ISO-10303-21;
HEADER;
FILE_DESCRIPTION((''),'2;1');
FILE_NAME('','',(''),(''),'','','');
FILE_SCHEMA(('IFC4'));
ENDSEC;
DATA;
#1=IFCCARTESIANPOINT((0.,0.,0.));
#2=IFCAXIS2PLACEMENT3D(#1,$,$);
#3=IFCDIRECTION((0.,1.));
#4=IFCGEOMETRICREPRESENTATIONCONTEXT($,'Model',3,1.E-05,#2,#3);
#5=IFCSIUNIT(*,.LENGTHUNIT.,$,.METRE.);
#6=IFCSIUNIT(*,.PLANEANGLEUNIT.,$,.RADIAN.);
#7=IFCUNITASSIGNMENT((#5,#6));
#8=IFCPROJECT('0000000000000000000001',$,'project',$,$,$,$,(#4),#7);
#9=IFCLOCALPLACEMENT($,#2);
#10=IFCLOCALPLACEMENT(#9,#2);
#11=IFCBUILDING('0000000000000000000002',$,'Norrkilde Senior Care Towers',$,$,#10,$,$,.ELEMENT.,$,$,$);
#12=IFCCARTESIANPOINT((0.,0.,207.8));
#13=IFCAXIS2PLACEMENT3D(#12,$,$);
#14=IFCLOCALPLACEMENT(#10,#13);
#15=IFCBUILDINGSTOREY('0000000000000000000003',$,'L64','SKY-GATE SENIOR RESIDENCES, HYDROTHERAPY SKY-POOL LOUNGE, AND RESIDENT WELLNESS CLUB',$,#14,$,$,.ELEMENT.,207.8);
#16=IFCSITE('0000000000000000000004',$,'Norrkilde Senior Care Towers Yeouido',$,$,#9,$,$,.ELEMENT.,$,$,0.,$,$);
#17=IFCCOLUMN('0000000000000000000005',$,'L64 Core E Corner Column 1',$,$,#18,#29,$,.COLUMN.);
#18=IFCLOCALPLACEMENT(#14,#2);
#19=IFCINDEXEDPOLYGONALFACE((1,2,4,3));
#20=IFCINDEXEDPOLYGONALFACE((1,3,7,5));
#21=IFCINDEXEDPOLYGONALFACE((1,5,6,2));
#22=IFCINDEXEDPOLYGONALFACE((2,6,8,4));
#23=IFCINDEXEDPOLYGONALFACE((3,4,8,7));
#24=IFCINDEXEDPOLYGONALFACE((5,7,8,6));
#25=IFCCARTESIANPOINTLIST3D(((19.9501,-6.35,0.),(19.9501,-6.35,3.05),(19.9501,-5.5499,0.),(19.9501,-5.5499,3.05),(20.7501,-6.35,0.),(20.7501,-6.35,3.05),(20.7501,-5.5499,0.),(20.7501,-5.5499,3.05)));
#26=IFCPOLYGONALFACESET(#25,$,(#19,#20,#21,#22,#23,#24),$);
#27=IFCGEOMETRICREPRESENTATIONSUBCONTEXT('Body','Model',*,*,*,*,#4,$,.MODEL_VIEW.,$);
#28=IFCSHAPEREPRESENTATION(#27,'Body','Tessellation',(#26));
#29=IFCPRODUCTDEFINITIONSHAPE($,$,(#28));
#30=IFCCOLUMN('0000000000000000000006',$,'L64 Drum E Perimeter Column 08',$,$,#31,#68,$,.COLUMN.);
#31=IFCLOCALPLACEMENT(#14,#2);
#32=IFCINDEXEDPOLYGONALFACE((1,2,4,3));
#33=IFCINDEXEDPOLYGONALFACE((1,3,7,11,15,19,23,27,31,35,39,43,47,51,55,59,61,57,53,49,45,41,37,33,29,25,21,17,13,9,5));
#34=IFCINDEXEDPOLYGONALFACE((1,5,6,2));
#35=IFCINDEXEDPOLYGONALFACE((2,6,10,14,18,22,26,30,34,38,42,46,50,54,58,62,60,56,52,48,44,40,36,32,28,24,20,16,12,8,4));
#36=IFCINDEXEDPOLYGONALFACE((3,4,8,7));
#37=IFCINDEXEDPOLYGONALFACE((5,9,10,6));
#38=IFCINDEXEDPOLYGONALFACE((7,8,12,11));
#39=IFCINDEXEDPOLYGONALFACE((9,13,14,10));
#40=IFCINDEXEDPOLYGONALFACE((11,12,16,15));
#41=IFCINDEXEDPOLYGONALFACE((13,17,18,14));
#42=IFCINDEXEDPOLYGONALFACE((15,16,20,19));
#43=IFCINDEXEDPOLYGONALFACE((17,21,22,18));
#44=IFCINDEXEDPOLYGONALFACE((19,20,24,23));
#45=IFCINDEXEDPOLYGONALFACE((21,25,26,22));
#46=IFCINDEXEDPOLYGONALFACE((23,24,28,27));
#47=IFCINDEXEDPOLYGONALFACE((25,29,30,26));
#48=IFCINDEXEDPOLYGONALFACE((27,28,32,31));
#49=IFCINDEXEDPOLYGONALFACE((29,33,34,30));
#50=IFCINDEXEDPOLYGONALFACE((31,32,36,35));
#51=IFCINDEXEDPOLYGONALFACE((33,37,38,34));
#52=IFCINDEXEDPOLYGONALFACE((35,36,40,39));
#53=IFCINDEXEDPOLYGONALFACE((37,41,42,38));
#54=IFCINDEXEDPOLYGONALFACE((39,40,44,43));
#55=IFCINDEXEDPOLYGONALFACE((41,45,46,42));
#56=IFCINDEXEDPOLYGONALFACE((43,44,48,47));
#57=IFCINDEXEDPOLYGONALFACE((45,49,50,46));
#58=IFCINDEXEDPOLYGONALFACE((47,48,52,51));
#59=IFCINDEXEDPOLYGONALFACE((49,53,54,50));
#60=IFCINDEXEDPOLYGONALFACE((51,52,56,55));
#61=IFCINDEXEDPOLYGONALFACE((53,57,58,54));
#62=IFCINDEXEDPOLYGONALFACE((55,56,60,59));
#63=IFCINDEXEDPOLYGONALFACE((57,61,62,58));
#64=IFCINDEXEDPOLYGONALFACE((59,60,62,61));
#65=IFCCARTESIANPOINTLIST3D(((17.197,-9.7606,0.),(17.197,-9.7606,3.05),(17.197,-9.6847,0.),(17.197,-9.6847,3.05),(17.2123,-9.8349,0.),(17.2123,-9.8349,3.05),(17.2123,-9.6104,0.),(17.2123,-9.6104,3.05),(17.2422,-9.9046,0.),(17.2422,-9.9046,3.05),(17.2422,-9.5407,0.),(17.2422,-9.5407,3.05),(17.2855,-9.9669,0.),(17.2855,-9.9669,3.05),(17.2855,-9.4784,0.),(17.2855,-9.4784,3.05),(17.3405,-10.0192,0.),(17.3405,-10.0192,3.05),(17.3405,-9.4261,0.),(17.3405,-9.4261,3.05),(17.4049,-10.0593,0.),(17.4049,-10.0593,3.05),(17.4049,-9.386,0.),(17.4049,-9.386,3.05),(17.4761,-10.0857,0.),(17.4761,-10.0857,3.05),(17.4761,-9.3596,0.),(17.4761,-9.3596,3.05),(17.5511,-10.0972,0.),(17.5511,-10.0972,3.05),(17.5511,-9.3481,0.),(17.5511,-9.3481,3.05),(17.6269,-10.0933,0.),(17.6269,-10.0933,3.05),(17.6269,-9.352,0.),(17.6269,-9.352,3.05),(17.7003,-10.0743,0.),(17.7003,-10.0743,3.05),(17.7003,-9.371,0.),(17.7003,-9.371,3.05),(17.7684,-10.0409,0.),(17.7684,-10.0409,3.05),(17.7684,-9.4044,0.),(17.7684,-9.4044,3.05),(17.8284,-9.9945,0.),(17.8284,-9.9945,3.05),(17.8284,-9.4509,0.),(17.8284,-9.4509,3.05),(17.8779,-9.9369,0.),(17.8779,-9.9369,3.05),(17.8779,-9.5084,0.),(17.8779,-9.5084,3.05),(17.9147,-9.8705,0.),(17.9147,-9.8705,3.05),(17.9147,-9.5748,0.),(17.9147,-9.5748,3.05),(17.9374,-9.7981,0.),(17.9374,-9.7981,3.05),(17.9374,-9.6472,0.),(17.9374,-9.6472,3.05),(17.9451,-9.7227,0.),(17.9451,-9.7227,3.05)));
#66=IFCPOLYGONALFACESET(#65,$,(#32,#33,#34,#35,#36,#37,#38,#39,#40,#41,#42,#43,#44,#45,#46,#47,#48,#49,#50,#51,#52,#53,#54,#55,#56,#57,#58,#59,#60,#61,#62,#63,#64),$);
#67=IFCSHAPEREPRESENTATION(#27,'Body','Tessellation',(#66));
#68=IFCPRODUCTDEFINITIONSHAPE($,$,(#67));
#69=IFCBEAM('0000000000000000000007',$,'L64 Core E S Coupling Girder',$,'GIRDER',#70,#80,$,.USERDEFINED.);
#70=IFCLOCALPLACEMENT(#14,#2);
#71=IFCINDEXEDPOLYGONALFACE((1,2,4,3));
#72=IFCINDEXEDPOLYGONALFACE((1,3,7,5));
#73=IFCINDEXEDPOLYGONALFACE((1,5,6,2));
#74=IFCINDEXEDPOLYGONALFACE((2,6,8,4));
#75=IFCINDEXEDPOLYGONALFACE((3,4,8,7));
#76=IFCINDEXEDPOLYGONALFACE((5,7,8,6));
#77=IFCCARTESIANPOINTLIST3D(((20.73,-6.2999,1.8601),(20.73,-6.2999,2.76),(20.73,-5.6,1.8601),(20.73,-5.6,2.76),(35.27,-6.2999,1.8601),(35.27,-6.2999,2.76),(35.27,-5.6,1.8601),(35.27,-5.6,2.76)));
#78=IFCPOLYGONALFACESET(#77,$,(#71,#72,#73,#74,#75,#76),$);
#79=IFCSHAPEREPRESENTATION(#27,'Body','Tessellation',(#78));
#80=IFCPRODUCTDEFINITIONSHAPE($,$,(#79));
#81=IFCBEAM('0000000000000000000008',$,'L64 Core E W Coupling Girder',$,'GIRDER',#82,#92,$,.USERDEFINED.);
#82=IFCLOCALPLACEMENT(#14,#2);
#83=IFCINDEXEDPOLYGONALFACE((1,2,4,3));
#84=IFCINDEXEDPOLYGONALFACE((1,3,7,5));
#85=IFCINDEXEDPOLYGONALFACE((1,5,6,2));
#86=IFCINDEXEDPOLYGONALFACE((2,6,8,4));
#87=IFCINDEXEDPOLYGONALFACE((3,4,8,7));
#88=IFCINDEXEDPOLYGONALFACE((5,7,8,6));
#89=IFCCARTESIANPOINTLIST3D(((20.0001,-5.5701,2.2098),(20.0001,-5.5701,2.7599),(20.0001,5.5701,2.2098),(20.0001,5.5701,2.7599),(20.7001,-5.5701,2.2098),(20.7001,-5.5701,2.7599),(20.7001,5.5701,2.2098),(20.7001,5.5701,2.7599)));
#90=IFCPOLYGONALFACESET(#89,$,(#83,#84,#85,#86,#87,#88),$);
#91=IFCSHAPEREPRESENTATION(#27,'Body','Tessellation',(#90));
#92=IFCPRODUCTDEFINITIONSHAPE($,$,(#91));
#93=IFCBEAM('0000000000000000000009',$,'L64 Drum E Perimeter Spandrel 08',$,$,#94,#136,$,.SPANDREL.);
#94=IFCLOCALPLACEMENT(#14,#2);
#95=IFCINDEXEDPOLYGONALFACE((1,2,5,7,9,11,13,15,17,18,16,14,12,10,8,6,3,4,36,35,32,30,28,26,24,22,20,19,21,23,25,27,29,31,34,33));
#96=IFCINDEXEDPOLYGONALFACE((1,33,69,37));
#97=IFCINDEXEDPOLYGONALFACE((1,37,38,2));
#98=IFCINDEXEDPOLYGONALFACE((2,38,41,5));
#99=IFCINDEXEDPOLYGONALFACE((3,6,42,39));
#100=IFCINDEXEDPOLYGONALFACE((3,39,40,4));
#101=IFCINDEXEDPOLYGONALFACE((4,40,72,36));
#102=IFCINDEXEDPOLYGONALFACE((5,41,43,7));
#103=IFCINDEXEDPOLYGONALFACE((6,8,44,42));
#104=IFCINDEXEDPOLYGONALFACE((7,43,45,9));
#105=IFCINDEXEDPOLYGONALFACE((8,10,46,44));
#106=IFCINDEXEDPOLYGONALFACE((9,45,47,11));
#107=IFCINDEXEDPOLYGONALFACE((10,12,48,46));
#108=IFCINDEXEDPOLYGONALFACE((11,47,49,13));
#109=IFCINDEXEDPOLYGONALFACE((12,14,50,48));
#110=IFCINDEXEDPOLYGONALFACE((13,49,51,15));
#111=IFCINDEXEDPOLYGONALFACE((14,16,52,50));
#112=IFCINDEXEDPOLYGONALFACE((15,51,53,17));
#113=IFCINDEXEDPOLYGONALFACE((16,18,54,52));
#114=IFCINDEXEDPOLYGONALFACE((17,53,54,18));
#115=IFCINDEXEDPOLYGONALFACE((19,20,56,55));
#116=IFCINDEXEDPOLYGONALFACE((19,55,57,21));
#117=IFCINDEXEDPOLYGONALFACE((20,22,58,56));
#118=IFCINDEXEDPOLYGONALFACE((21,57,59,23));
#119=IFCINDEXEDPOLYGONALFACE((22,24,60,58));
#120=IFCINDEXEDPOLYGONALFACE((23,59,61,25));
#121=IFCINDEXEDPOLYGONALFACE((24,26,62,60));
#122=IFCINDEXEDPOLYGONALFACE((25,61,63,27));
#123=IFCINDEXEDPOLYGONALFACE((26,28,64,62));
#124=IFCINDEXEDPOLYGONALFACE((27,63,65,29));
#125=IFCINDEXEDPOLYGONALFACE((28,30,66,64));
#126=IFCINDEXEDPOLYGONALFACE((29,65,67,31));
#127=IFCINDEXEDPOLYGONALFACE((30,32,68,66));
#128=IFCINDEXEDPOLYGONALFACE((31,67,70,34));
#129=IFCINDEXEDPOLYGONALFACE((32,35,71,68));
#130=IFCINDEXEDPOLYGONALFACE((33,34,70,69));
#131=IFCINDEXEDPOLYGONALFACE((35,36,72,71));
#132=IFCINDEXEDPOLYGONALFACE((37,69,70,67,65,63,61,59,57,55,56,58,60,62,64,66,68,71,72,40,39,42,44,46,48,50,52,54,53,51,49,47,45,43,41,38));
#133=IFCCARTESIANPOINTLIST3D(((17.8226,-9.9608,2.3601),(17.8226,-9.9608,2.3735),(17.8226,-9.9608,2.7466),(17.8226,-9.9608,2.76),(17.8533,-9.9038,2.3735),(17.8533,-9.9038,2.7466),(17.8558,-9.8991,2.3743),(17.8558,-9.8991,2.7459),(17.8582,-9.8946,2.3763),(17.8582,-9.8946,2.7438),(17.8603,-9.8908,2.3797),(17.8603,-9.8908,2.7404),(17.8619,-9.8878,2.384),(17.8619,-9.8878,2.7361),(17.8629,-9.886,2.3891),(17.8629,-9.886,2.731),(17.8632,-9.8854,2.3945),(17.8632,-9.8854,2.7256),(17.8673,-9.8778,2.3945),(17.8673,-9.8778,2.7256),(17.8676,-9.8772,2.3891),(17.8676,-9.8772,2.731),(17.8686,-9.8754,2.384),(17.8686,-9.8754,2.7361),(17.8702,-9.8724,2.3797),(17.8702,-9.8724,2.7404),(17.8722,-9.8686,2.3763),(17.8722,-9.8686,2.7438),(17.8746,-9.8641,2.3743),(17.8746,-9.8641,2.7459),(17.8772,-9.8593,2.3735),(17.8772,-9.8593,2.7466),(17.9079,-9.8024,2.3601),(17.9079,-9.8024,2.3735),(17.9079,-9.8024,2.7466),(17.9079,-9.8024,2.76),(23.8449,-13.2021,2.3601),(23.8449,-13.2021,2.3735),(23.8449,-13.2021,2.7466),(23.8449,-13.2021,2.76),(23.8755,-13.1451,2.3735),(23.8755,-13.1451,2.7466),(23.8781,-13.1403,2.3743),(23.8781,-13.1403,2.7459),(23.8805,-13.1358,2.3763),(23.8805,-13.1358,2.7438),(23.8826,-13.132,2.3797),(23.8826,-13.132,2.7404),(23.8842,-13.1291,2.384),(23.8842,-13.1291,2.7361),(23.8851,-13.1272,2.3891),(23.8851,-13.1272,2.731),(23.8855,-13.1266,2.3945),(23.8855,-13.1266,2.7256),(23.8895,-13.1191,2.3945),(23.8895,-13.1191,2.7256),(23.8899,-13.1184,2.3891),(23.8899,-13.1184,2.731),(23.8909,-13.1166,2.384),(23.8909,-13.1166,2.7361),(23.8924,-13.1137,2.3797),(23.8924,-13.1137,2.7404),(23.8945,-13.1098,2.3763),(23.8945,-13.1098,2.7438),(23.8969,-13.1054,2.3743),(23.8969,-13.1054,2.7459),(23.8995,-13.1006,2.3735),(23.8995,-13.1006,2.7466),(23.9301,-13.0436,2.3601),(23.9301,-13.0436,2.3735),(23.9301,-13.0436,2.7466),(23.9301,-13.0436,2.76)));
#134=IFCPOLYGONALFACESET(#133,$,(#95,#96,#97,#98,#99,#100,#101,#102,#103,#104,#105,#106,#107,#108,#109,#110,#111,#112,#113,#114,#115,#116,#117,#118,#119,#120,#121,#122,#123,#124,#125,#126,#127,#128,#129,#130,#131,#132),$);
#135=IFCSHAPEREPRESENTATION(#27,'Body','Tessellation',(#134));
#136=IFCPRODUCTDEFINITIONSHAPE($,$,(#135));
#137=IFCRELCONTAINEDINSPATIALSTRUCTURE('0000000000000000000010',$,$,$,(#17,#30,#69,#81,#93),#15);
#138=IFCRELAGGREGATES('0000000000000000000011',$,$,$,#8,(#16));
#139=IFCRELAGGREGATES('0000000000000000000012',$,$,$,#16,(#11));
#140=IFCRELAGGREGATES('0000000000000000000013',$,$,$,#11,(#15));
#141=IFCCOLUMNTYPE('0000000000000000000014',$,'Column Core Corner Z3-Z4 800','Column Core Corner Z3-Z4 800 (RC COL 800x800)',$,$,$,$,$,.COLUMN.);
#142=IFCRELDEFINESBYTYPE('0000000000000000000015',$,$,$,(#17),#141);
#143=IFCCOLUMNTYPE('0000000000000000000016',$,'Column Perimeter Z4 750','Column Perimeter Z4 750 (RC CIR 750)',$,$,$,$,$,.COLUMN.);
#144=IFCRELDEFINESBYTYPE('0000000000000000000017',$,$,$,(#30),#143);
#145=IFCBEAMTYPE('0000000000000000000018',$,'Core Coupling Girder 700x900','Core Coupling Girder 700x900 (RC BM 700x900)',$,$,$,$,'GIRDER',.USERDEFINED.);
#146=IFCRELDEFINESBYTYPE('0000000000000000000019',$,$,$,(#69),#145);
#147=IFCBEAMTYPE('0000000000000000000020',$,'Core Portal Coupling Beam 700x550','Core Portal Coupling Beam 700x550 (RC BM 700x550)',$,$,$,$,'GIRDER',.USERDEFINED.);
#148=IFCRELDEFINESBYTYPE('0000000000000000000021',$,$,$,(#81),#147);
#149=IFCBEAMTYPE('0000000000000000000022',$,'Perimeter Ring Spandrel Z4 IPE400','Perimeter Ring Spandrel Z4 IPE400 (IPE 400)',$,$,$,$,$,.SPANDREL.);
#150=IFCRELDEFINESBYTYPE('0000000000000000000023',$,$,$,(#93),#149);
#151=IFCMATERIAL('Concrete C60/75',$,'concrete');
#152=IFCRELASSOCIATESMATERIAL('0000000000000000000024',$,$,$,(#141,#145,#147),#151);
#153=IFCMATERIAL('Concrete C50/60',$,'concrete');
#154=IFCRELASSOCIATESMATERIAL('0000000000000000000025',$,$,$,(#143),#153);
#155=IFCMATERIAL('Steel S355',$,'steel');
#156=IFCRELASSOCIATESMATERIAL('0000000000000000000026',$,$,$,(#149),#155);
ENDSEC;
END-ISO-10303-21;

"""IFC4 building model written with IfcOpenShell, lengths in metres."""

from ifc_helpers import new_model, si_unit, direction, frame, origin, origin_2d, place, context, subcontext, project, spatial, rectangle, circle, i_section, extrude, source, transform, mapped, material, material_profile, profile_set, type_object, type_shapes, element, save


model = new_model("IFC4")

# Units and contexts
model_context = context("Model", 3, precision=1e-05, world=origin(), true_north=direction((0.0, 1.0)))
body_context = subcontext(model_context, "Body", "Model", "MODEL_VIEW")
ifc_project = project(units=[si_unit("LENGTHUNIT", "METRE"), si_unit("PLANEANGLEUNIT", "RADIAN")], contexts=[model_context])

# Site, building, storey
site_placement = place(None, origin())
site = spatial("IfcSite", under=ifc_project, at=site_placement, Name="Norrkilde Senior Care Towers Yeouido", CompositionType="ELEMENT", RefElevation=0.0)
building_placement = place(site_placement, origin())
building = spatial("IfcBuilding", under=site, at=building_placement, Name="Norrkilde Senior Care Towers", CompositionType="ELEMENT")
storey_placement = place(building_placement, frame((0.0, 0.0, 207.8)))
storey = spatial("IfcBuildingStorey", under=building, at=storey_placement, Name="L64", Description="SKY-GATE SENIOR RESIDENCES, HYDROTHERAPY SKY-POOL LOUNGE, AND RESIDENT WELLNESS CLUB", CompositionType="ELEMENT", Elevation=207.8)

# Columns
ifc_material_1 = material(Name="Concrete C60/75", Category="concrete")
ifc_material_profile_1 = material_profile(ifc_material_1, rectangle(XDim=0.8, YDim=0.8, at=origin_2d()), Name="RC COL 800x800")
ifc_profile_set_1 = profile_set([ifc_material_profile_1], Name="Concrete C60/75")
column_type_1 = type_object("IfcColumnType", Name="Column Core Corner Z3-Z4 800", Description="Column Core Corner Z3-Z4 800 (RC COL 800x800)", PredefinedType="COLUMN", material=ifc_profile_set_1)
shared_shape_1 = source(origin(), body_context, "Body", "SweptSolid", [
    extrude(rectangle(XDim=0.8, YDim=0.8, at=origin_2d()), origin(), (0.0, 0.0, 1.0), 3.05),
])
type_shapes(column_type_1, [shared_shape_1])
column_1_placement = place(storey_placement, frame((20.3501, -5.95, 0.0), z_axis=(0.0, 0.0, 1.0), x_axis=(1.0, 0.0, 0.0)))
element("IfcColumn", 1, at=column_1_placement, inside=storey, type_object=column_type_1, Name="L64 Core E Corner Column 1", PredefinedType="COLUMN", context=body_context, shape_type="MappedRepresentation", body=[
    mapped(shared_shape_1, transform((0.0, 0.0, 0.0), x_axis=(1.0, 0.0, 0.0), y_axis=(0.0, 1.0, 0.0), z_axis=(0.0, 0.0, 1.0), scale=1.0)),
])
ifc_material_2 = material(Name="Concrete C50/60", Category="concrete")
ifc_material_profile_2 = material_profile(ifc_material_2, circle(Radius=0.375, at=origin_2d()), Name="RC CIR 750")
ifc_profile_set_2 = profile_set([ifc_material_profile_2], Name="Concrete C50/60")
column_type_2 = type_object("IfcColumnType", Name="Column Perimeter Z4 750", Description="Column Perimeter Z4 750 (RC CIR 750)", PredefinedType="COLUMN", material=ifc_profile_set_2)
shared_shape_2 = source(origin(), body_context, "Body", "SweptSolid", [
    extrude(circle(Radius=0.375, at=origin_2d()), origin(), (0.0, 0.0, 1.0), 3.05),
])
type_shapes(column_type_2, [shared_shape_2])
column_2_placement = place(storey_placement, frame((17.5701, -9.7227, 0.0), z_axis=(0.0, 0.0, 1.0), x_axis=(1.0, 0.0, 0.0)))
element("IfcColumn", 2, at=column_2_placement, inside=storey, type_object=column_type_2, Name="L64 Drum E Perimeter Column 08", PredefinedType="COLUMN", context=body_context, shape_type="MappedRepresentation", body=[
    mapped(shared_shape_2, transform((0.0, 0.0, 0.0), x_axis=(1.0, 0.0, 0.0), y_axis=(0.0, 1.0, 0.0), z_axis=(0.0, 0.0, 1.0), scale=1.0)),
])

# Beams
ifc_material_profile_3 = material_profile(ifc_material_1, rectangle(XDim=0.7, YDim=0.8999, at=origin_2d()), Name="RC BM 700x900")
ifc_profile_set_3 = profile_set([ifc_material_profile_3], Name="Concrete C60/75")
beam_type_1 = type_object("IfcBeamType", Name="Core Coupling Girder 700x900", Description="Core Coupling Girder 700x900 (RC BM 700x900)", ElementType="GIRDER", PredefinedType="USERDEFINED", material=ifc_profile_set_3)
shared_shape_3 = source(origin(), body_context, "Body", "SweptSolid", [
    extrude(rectangle(XDim=0.7, YDim=0.8999, at=origin_2d()), origin(), (0.0, 0.0, 1.0), 14.54),
])
type_shapes(beam_type_1, [shared_shape_3])
beam_1_placement = place(storey_placement, frame((20.73, -5.95, 2.3101), z_axis=(1.0, 0.0, 0.0), x_axis=(0.0, 1.0, 0.0)))
element("IfcBeam", 3, at=beam_1_placement, inside=storey, type_object=beam_type_1, Name="L64 Core E S Coupling Girder", ObjectType="GIRDER", PredefinedType="USERDEFINED", context=body_context, shape_type="MappedRepresentation", body=[
    mapped(shared_shape_3, transform((0.0, 0.0, 0.0), x_axis=(1.0, 0.0, 0.0), y_axis=(0.0, 1.0, 0.0), z_axis=(0.0, 0.0, 1.0), scale=1.0)),
])
ifc_material_profile_4 = material_profile(ifc_material_1, rectangle(XDim=0.7, YDim=0.55, at=origin_2d()), Name="RC BM 700x550")
ifc_profile_set_4 = profile_set([ifc_material_profile_4], Name="Concrete C60/75")
beam_type_2 = type_object("IfcBeamType", Name="Core Portal Coupling Beam 700x550", Description="Core Portal Coupling Beam 700x550 (RC BM 700x550)", ElementType="GIRDER", PredefinedType="USERDEFINED", material=ifc_profile_set_4)
shared_shape_4 = source(origin(), body_context, "Body", "SweptSolid", [
    extrude(rectangle(XDim=0.7, YDim=0.55, at=origin_2d()), origin(), (0.0, 0.0, 1.0), 11.1401),
])
type_shapes(beam_type_2, [shared_shape_4])
beam_2_placement = place(storey_placement, frame((20.3501, -5.5701, 2.4849), z_axis=(0.0, 1.0, 0.0), x_axis=(-1.0, 0.0, 0.0)))
element("IfcBeam", 4, at=beam_2_placement, inside=storey, type_object=beam_type_2, Name="L64 Core E W Coupling Girder", ObjectType="GIRDER", PredefinedType="USERDEFINED", context=body_context, shape_type="MappedRepresentation", body=[
    mapped(shared_shape_4, transform((0.0, 0.0, 0.0), x_axis=(1.0, 0.0, 0.0), y_axis=(0.0, 1.0, 0.0), z_axis=(0.0, 0.0, 1.0), scale=1.0)),
])
ifc_material_3 = material(Name="Steel S355", Category="steel")
ifc_material_profile_5 = material_profile(ifc_material_3, i_section(OverallWidth=0.1799, OverallDepth=0.3999, WebThickness=0.0085, FlangeThickness=0.0134, FilletRadius=0.021, at=origin_2d()), Name="IPE 400")
ifc_profile_set_5 = profile_set([ifc_material_profile_5], Name="Steel S355")
beam_type_3 = type_object("IfcBeamType", Name="Perimeter Ring Spandrel Z4 IPE400", Description="Perimeter Ring Spandrel Z4 IPE400 (IPE 400)", PredefinedType="SPANDREL", material=ifc_profile_set_5)
shared_shape_5 = source(origin(), body_context, "Body", "SweptSolid", [
    extrude(i_section(OverallWidth=0.1799, OverallDepth=0.3999, WebThickness=0.0085, FlangeThickness=0.0134, FilletRadius=0.021, at=origin_2d()), origin(), (0.0, 0.0, 1.0), 6.8391),
])
type_shapes(beam_type_3, [shared_shape_5])
beam_3_placement = place(storey_placement, frame((17.8652, -9.8816, 2.5601), z_axis=(0.880564, -0.473927, 0.0), x_axis=(0.473927, 0.880564, 0.0)))
element("IfcBeam", 5, at=beam_3_placement, inside=storey, type_object=beam_type_3, Name="L64 Drum E Perimeter Spandrel 08", PredefinedType="SPANDREL", context=body_context, shape_type="MappedRepresentation", body=[
    mapped(shared_shape_5, transform((0.0, 0.0, 0.0), x_axis=(1.0, 0.0, 0.0), y_axis=(0.0, 1.0, 0.0), z_axis=(0.0, 0.0, 1.0), scale=1.0)),
])

save(model, "model.ifc")
